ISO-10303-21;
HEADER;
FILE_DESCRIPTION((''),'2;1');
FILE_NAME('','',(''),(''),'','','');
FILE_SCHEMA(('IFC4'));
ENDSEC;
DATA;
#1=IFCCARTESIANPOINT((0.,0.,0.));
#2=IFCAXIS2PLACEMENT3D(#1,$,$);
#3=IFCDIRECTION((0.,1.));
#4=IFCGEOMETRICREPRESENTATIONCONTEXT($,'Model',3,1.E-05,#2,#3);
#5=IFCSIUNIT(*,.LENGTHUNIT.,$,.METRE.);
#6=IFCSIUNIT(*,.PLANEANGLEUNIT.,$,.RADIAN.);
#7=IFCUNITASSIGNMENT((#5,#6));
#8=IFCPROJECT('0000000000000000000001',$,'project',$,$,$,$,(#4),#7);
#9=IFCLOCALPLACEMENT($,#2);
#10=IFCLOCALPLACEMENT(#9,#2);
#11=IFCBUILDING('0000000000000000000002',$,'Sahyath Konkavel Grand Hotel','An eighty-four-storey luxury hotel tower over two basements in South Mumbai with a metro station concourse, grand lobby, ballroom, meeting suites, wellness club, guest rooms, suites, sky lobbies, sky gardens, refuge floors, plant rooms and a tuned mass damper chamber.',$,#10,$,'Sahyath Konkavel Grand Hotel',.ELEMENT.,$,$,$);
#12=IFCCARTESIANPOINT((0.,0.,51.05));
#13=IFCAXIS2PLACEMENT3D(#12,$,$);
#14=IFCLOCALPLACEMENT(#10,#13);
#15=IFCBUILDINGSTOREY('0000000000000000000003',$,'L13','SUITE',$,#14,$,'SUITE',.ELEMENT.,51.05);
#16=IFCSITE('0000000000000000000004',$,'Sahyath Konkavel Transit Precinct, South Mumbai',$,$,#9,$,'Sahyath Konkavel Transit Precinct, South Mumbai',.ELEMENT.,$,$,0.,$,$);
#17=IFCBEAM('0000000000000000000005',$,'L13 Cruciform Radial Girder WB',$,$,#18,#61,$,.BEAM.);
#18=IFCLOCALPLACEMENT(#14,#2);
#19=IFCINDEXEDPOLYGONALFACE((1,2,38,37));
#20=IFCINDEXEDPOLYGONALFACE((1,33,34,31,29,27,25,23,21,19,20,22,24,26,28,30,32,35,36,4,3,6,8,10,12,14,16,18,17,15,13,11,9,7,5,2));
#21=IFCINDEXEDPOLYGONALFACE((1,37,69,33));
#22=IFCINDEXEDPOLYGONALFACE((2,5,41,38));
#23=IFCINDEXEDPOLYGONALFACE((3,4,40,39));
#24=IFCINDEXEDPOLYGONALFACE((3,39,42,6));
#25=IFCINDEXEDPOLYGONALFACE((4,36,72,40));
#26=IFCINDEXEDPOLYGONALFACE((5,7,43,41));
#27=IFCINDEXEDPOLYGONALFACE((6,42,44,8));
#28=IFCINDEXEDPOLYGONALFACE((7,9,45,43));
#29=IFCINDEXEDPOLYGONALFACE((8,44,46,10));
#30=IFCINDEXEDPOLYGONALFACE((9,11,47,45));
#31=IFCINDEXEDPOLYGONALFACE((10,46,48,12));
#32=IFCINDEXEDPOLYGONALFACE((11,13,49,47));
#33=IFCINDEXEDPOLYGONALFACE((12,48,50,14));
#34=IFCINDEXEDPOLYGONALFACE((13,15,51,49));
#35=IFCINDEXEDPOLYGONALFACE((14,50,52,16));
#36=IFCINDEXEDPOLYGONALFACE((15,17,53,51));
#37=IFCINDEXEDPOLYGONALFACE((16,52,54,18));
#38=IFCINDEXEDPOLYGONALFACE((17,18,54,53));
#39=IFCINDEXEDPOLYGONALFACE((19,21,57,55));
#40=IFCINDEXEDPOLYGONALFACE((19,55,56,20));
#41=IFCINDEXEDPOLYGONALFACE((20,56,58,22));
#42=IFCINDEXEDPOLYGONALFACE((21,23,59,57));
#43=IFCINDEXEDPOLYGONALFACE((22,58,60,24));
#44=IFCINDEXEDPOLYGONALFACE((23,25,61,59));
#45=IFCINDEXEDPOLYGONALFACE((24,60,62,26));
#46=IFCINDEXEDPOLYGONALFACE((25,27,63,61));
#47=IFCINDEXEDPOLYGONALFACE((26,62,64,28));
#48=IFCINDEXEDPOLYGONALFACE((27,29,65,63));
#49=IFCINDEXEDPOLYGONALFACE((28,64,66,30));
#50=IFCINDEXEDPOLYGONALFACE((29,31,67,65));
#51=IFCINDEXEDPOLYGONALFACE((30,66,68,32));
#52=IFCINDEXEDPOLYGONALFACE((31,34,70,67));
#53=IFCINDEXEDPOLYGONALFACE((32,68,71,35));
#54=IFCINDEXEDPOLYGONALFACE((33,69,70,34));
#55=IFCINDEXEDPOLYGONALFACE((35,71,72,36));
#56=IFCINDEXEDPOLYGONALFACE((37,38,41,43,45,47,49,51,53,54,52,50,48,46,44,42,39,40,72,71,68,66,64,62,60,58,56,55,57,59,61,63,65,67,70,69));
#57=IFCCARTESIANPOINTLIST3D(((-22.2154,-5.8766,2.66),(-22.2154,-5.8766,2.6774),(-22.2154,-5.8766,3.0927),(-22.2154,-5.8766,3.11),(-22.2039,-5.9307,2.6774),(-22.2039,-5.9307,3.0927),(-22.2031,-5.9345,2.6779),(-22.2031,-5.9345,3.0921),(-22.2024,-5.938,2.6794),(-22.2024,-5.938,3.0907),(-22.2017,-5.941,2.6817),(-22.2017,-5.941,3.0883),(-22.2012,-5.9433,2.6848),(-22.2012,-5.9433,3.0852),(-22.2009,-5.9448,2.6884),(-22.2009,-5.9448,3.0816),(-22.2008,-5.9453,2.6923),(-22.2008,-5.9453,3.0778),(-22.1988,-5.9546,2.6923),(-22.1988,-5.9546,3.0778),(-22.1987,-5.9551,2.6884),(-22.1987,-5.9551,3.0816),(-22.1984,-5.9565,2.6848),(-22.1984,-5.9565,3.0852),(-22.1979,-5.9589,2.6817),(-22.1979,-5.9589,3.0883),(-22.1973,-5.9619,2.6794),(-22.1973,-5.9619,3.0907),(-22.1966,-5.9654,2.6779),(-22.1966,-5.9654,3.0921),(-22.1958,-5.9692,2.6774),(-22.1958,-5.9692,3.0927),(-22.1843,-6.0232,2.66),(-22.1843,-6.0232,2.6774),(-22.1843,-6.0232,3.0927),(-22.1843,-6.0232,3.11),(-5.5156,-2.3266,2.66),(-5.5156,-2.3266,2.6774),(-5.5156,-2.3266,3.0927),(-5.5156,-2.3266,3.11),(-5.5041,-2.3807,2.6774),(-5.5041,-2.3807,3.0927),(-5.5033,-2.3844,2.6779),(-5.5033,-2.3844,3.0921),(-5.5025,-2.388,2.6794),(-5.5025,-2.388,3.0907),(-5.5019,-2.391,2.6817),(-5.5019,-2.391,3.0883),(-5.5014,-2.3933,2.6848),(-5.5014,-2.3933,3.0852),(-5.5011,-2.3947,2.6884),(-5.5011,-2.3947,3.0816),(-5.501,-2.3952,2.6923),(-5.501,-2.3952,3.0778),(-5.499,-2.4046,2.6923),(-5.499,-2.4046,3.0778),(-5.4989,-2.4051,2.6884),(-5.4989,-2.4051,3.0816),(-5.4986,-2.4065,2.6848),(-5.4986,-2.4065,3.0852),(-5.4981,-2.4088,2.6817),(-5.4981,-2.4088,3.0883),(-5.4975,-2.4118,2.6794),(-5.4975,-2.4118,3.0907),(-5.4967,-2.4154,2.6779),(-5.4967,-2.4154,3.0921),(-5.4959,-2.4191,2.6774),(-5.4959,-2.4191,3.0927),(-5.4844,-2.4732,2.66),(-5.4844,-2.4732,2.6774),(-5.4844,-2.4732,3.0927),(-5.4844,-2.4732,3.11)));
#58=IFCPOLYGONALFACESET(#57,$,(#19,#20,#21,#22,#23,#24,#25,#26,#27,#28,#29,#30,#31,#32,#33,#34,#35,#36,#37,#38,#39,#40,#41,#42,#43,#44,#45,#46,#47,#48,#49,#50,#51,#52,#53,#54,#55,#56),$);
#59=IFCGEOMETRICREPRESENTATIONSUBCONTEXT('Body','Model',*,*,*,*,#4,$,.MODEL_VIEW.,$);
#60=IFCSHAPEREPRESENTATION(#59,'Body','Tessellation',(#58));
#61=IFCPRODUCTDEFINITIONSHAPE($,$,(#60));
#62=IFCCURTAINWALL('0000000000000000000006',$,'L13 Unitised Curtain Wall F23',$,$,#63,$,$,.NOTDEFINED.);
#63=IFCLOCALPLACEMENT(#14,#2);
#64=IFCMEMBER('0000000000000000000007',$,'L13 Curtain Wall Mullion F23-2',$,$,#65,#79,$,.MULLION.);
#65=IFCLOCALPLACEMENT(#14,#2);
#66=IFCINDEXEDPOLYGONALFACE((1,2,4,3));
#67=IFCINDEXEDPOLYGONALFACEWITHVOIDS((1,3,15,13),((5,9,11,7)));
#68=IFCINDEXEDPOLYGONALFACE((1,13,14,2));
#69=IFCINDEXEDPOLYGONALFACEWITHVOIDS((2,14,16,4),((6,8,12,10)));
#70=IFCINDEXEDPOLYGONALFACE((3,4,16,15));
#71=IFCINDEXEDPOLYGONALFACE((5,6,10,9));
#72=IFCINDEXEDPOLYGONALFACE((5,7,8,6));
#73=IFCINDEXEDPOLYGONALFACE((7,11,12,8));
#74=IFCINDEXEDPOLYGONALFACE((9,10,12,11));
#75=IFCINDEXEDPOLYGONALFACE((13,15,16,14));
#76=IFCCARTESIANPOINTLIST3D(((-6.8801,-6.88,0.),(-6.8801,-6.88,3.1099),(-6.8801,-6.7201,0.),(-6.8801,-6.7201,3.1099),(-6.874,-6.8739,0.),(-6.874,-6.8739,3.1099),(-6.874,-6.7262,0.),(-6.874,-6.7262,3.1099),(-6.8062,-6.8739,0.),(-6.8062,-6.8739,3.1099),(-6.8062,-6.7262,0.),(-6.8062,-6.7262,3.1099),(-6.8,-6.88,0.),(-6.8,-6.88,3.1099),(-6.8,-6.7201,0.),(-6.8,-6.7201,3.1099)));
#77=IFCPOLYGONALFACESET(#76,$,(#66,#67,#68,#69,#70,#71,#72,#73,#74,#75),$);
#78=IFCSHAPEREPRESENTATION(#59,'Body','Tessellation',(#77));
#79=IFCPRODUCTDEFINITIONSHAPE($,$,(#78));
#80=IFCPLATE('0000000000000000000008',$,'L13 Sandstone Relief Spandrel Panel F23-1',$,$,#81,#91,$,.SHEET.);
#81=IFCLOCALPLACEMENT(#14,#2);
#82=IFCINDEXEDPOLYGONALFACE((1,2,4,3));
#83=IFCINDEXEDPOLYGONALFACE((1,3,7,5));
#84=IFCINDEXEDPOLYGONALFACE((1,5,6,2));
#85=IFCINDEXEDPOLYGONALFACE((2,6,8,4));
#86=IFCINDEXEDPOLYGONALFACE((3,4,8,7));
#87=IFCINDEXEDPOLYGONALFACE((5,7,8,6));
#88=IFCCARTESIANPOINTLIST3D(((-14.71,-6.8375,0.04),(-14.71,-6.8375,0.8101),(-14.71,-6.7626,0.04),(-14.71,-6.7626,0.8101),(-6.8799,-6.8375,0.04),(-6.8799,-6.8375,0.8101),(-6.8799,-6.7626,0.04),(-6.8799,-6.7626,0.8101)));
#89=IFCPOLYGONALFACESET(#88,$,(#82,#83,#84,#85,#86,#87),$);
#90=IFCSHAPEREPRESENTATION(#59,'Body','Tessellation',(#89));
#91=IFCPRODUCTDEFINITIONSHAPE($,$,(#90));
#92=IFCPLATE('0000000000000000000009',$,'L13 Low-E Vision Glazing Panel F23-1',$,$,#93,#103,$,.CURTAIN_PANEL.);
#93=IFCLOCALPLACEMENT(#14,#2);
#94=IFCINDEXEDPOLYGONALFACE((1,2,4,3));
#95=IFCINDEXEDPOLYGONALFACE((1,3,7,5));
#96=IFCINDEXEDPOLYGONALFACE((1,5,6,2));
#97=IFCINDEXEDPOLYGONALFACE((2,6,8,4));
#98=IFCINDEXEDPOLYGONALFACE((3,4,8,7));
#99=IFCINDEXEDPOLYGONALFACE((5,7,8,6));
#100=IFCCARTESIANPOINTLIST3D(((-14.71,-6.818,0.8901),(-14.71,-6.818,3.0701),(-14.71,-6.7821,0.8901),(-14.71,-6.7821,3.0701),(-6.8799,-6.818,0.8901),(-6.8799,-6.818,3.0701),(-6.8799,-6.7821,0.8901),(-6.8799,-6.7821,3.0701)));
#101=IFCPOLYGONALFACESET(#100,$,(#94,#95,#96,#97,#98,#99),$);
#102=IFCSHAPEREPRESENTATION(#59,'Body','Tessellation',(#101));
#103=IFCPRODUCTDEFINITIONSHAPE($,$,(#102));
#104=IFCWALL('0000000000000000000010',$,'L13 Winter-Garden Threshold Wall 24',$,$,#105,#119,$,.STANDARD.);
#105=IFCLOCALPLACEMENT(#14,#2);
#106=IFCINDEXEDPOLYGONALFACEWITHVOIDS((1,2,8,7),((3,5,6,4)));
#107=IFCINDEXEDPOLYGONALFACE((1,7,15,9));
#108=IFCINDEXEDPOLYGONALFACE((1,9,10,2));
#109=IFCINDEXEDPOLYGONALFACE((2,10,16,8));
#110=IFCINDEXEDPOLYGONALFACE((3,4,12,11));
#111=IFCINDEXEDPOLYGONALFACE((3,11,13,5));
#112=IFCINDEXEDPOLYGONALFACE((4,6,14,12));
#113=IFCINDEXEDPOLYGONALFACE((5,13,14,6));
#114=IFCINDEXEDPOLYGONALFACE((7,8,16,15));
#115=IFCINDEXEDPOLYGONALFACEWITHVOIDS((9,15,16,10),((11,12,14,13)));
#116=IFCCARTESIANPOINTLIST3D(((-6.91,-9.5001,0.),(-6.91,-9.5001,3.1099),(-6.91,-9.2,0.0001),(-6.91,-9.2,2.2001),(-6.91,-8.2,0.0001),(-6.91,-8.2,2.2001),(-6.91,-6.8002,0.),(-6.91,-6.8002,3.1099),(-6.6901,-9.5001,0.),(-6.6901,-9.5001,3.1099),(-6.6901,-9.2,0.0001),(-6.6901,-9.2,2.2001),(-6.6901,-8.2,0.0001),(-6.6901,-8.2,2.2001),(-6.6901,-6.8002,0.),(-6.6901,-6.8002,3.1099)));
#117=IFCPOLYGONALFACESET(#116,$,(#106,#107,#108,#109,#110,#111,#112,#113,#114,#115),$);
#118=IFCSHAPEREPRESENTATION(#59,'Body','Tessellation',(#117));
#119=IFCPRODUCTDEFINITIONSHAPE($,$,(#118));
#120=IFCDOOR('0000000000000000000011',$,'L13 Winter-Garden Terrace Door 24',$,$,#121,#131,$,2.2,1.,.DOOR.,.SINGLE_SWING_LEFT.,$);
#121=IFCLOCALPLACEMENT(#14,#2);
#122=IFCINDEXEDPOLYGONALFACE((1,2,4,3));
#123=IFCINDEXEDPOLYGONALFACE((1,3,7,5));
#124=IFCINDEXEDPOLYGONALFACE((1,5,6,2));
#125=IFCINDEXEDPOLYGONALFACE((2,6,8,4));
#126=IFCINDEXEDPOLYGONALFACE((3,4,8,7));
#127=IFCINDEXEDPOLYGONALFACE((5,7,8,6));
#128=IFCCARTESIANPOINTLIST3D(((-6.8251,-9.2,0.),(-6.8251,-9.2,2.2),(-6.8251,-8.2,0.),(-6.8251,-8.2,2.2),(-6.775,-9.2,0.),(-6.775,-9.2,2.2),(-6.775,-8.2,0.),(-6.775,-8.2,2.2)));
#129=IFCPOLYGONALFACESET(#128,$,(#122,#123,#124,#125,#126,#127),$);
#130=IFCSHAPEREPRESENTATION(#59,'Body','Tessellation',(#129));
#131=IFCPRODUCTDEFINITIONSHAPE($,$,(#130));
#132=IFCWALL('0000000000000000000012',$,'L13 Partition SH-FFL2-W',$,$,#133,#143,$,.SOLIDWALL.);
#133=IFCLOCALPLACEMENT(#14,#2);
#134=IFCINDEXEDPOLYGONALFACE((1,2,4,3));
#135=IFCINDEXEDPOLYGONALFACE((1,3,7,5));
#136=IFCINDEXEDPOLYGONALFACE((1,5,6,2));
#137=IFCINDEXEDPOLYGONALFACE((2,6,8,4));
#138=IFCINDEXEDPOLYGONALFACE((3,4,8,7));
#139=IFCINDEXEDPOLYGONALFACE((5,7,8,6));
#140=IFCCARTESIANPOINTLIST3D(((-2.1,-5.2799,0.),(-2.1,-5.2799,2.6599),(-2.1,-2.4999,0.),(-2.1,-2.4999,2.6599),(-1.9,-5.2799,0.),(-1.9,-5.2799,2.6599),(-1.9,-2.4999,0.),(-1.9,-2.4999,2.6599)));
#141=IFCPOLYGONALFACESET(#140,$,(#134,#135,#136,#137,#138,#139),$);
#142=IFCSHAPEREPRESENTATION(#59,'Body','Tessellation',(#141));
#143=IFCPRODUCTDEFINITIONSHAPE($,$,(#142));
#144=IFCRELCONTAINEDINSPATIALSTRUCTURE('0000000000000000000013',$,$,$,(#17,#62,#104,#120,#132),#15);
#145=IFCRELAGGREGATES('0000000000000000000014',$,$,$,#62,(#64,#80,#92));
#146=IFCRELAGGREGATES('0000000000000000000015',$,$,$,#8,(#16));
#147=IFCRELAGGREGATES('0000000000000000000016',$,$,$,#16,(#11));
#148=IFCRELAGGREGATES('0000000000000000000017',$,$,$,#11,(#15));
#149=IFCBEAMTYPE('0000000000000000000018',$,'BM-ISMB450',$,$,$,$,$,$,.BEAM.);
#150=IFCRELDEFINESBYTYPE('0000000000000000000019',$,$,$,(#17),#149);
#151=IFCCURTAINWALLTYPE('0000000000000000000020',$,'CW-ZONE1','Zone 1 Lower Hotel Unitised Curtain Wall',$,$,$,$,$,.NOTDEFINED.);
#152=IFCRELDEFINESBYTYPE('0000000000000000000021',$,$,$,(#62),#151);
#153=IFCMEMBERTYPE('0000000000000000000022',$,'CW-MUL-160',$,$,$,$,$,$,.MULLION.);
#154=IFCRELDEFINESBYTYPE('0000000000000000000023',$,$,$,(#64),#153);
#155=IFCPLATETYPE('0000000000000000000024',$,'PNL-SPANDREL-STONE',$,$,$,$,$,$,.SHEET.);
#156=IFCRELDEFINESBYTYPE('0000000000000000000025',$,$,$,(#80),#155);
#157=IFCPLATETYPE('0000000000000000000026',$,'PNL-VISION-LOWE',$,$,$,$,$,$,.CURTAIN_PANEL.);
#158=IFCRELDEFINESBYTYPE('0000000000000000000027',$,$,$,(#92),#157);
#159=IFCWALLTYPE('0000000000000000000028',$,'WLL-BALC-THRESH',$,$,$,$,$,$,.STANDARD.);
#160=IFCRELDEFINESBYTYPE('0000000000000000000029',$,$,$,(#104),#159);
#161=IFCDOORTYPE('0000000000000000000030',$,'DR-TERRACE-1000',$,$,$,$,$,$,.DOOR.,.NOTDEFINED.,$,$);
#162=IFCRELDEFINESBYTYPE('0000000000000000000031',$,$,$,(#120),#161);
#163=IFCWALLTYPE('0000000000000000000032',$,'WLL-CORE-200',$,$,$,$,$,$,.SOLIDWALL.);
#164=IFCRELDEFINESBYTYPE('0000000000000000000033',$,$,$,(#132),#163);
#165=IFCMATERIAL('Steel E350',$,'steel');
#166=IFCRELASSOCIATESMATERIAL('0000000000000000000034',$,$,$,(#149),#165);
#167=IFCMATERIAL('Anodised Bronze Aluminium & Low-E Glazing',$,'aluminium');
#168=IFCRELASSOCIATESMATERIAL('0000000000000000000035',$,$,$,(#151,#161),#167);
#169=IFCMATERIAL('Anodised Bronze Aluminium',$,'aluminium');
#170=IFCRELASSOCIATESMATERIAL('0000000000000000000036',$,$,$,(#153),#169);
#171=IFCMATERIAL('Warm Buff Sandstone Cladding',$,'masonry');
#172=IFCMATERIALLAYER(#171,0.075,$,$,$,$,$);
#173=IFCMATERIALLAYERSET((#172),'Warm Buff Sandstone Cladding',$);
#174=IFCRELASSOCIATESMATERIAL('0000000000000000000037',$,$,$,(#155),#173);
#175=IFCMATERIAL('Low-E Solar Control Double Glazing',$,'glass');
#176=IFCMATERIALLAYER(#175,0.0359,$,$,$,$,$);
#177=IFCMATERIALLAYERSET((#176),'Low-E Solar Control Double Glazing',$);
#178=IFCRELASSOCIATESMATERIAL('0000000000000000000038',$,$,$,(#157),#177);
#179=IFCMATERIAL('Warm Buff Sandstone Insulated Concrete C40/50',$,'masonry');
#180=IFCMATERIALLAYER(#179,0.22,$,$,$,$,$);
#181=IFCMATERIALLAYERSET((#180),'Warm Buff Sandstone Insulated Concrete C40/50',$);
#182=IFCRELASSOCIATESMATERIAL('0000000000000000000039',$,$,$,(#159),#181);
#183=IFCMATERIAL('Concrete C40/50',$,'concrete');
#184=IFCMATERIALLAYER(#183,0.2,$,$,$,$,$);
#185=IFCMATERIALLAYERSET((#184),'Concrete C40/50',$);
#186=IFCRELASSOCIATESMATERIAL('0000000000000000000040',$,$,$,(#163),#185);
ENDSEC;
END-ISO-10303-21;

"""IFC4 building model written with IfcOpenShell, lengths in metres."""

from ifc_helpers import new_model, si_unit, direction, frame, frame_2d, origin, origin_2d, place, context, subcontext, project, spatial, rectangle, hollow_rectangle, i_section, extrude, source, transform, mapped, material, layer, layer_set, material_profile, profile_set, type_object, element, fill, aggregate, save


model = new_model("IFC4")

# Units and contexts
model_context = context("Model", 3, precision=1e-05, world=origin(), true_north=direction((0.0, 1.0)))
body_context = subcontext(model_context, "Body", "Model", "MODEL_VIEW")
ifc_project = project(units=[si_unit("LENGTHUNIT", "METRE"), si_unit("PLANEANGLEUNIT", "RADIAN")], contexts=[model_context])

# Site, building, storey
site_placement = place(None, origin())
site = spatial("IfcSite", under=ifc_project, at=site_placement, Name="Sahyath Konkavel Transit Precinct, South Mumbai", LongName="Sahyath Konkavel Transit Precinct, South Mumbai", CompositionType="ELEMENT", RefElevation=0.0)
building_placement = place(site_placement, origin())
building = spatial("IfcBuilding", under=site, at=building_placement, Name="Sahyath Konkavel Grand Hotel", Description="An eighty-four-storey luxury hotel tower over two basements in South Mumbai with a metro station concourse, grand lobby, ballroom, meeting suites, wellness club, guest rooms, suites, sky lobbies, sky gardens, refuge floors, plant rooms and a tuned mass damper chamber.", LongName="Sahyath Konkavel Grand Hotel", CompositionType="ELEMENT")
storey_placement = place(building_placement, frame((0.0, 0.0, 51.05)))
storey = spatial("IfcBuildingStorey", under=building, at=storey_placement, Name="L13", Description="SUITE", LongName="SUITE", CompositionType="ELEMENT", Elevation=51.05)

# Beam
ifc_material_1 = material(Name="Steel E350", Category="steel")
ifc_material_profile_1 = material_profile(ifc_material_1, i_section(OverallWidth=0.1499, OverallDepth=0.45, WebThickness=0.0095, FlangeThickness=0.0173, FilletRadius=0.0149, at=origin_2d()), Name="ISMB 450")
ifc_profile_set_1 = profile_set([ifc_material_profile_1], Name="Steel E350")
beam_type_1 = type_object("IfcBeamType", Name="BM-ISMB450", PredefinedType="BEAM", material=ifc_profile_set_1)
shared_shape_1 = source(origin(), body_context, "Body", "SweptSolid", [
    extrude(i_section(OverallWidth=0.1499, OverallDepth=0.45, WebThickness=0.0095, FlangeThickness=0.0173, FilletRadius=0.0149, at=origin_2d()), origin(), (0.0, 0.0, 1.0), 17.073),
])
beam_1_placement = place(storey_placement, frame((-5.5, -2.3999, 2.885), z_axis=(-0.978143, -0.207932, 0.0), x_axis=(0.207932, -0.978143, 0.0)))
element("IfcBeam", 1, at=beam_1_placement, inside=storey, type_object=beam_type_1, Name="L13 Cruciform Radial Girder WB", PredefinedType="BEAM", context=body_context, shape_type="MappedRepresentation", body=[
    mapped(shared_shape_1, transform((0.0, 0.0, 0.0), scale=1.0)),
])

# Curtain wall, member, plates
ifc_material_2 = material(Name="Anodised Bronze Aluminium & Low-E Glazing", Category="aluminium")
curtain_wall_type = type_object("IfcCurtainWallType", Name="CW-ZONE1", Description="Zone 1 Lower Hotel Unitised Curtain Wall", PredefinedType="NOTDEFINED", material=ifc_material_2)
curtain_wall_placement = place(storey_placement, origin())
curtain_wall = element("IfcCurtainWall", 2, at=curtain_wall_placement, inside=storey, type_object=curtain_wall_type, Name="L13 Unitised Curtain Wall F23", PredefinedType="NOTDEFINED")
ifc_material_3 = material(Name="Anodised Bronze Aluminium", Category="aluminium")
ifc_material_profile_2 = material_profile(ifc_material_3, hollow_rectangle(XDim=0.0801, YDim=0.1599, WallThickness=0.0061, at=origin_2d()), Name="RHS 160x80x6")
ifc_profile_set_2 = profile_set([ifc_material_profile_2], Name="Anodised Bronze Aluminium")
member_type = type_object("IfcMemberType", Name="CW-MUL-160", PredefinedType="MULLION", material=ifc_profile_set_2)
shared_shape_2 = source(origin(), body_context, "Body", "SweptSolid", [
    extrude(hollow_rectangle(XDim=0.0801, YDim=0.1599, WallThickness=0.0061, at=origin_2d()), origin(), (0.0, 0.0, 1.0), 3.1099),
])
member_placement = place(storey_placement, frame((-6.8401, -6.8, 0.0), z_axis=(0.0, 0.0, 1.0), x_axis=(1.0, 0.0, 0.0)))
member = element("IfcMember", 3, at=member_placement, type_object=member_type, Name="L13 Curtain Wall Mullion F23-2", PredefinedType="MULLION", context=body_context, shape_type="MappedRepresentation", body=[
    mapped(shared_shape_2, transform((0.0, 0.0, 0.0), scale=1.0)),
])
ifc_material_4 = material(Name="Warm Buff Sandstone Cladding", Category="masonry")
ifc_layer_1 = layer(ifc_material_4, 0.075)
ifc_layer_set_1 = layer_set([ifc_layer_1], Name="Warm Buff Sandstone Cladding")
plate_type_1 = type_object("IfcPlateType", Name="PNL-SPANDREL-STONE", PredefinedType="SHEET", material=ifc_layer_set_1)
shared_shape_3 = source(origin(), body_context, "Body", "SweptSolid", [
    extrude(rectangle(XDim=7.8301, YDim=0.075, at=origin_2d()), origin(), (0.0, 0.0, 1.0), 0.77),
])
plate_1_placement = place(storey_placement, frame((-10.7949, -6.8, 0.04), z_axis=(0.0, 0.0, 1.0), x_axis=(1.0, 0.0, 0.0)))
plate_1 = element("IfcPlate", 4, at=plate_1_placement, type_object=plate_type_1, Name="L13 Sandstone Relief Spandrel Panel F23-1", PredefinedType="SHEET", context=body_context, shape_type="MappedRepresentation", body=[
    mapped(shared_shape_3, transform((0.0, 0.0, 0.0), scale=1.0)),
])
ifc_material_5 = material(Name="Low-E Solar Control Double Glazing", Category="glass")
ifc_layer_2 = layer(ifc_material_5, 0.0359)
ifc_layer_set_2 = layer_set([ifc_layer_2], Name="Low-E Solar Control Double Glazing")
plate_type_2 = type_object("IfcPlateType", Name="PNL-VISION-LOWE", PredefinedType="CURTAIN_PANEL", material=ifc_layer_set_2)
shared_shape_4 = source(origin(), body_context, "Body", "SweptSolid", [
    extrude(rectangle(XDim=7.8301, YDim=0.0359, at=origin_2d()), origin(), (0.0, 0.0, 1.0), 2.1799),
])
plate_2_placement = place(storey_placement, frame((-10.7949, -6.8, 0.8901), z_axis=(0.0, 0.0, 1.0), x_axis=(1.0, 0.0, 0.0)))
plate_2 = element("IfcPlate", 5, at=plate_2_placement, type_object=plate_type_2, Name="L13 Low-E Vision Glazing Panel F23-1", PredefinedType="CURTAIN_PANEL", context=body_context, shape_type="MappedRepresentation", body=[
    mapped(shared_shape_4, transform((0.0, 0.0, 0.0), scale=1.0)),
])
aggregate(curtain_wall, [member, plate_1, plate_2])

# Wall, opening, door
ifc_material_6 = material(Name="Warm Buff Sandstone Insulated Concrete C40/50", Category="masonry")
ifc_layer_3 = layer(ifc_material_6, 0.22)
ifc_layer_set_3 = layer_set([ifc_layer_3], Name="Warm Buff Sandstone Insulated Concrete C40/50")
wall_type_1 = type_object("IfcWallType", Name="WLL-BALC-THRESH", PredefinedType="STANDARD", material=ifc_layer_set_3)
wall_1_placement = place(storey_placement, frame((-6.8, -6.8, 0.0), z_axis=(0.0, 0.0, 1.0), x_axis=(0.0, -1.0, 0.0)))
wall_1 = element("IfcWall", 6, at=wall_1_placement, inside=storey, type_object=wall_type_1, Name="L13 Winter-Garden Threshold Wall 24", PredefinedType="STANDARD", context=body_context, shape_type="SweptSolid", body=[
    extrude(rectangle(XDim=2.7, YDim=0.22, at=frame_2d((1.3501, 0.0))), origin(), (0.0, 0.0, 1.0), 3.1099),
])
opening_1_placement = place(wall_1_placement, frame((1.3999, 0.0, 0.0)))
opening_1 = element("IfcOpeningElement", 7, at=opening_1_placement, cuts=wall_1, PredefinedType="OPENING", context=body_context, shape_type="SweptSolid", body=[
    extrude(rectangle(XDim=1.0, YDim=2.2, at=frame_2d((0.5, 1.1001))), frame((0.0, 0.1201, 0.0), z_axis=(0.0, -1.0, 0.0), x_axis=(1.0, 0.0, 0.0)), (0.0, 0.0, 1.0), 0.24),
])
door_type_1 = type_object("IfcDoorType", Name="DR-TERRACE-1000", OperationType="NOTDEFINED", PredefinedType="DOOR", material=ifc_material_2)
shared_shape_5 = source(origin(), body_context, "Body", "SweptSolid", [
    extrude(rectangle(XDim=1.0, YDim=0.05, at=origin_2d()), origin(), (0.0, 0.0, 1.0), 2.2),
])
door_1_placement = place(opening_1_placement, frame((0.5, 0.0, 0.0)))
door_1 = element("IfcDoor", 8, at=door_1_placement, inside=storey, type_object=door_type_1, Name="L13 Winter-Garden Terrace Door 24", OperationType="SINGLE_SWING_LEFT", OverallHeight=2.2, OverallWidth=1.0, PredefinedType="DOOR", context=body_context, shape_type="MappedRepresentation", body=[
    mapped(shared_shape_5, transform((0.0, 0.0, 0.0), scale=1.0)),
])
fill(opening_1, door_1)

# Wall
ifc_material_7 = material(Name="Concrete C40/50", Category="concrete")
ifc_layer_4 = layer(ifc_material_7, 0.2)
ifc_layer_set_4 = layer_set([ifc_layer_4], Name="Concrete C40/50")
wall_type_2 = type_object("IfcWallType", Name="WLL-CORE-200", PredefinedType="SOLIDWALL", material=ifc_layer_set_4)
wall_2_placement = place(storey_placement, frame((-2.0, -5.28, 0.0), z_axis=(0.0, 0.0, 1.0), x_axis=(0.0, 1.0, 0.0)))
element("IfcWall", 9, at=wall_2_placement, inside=storey, type_object=wall_type_2, Name="L13 Partition SH-FFL2-W", PredefinedType="SOLIDWALL", context=body_context, shape_type="SweptSolid", body=[
    extrude(rectangle(XDim=2.78, YDim=0.2, at=frame_2d((1.3901, 0.0))), origin(), (0.0, 0.0, 1.0), 2.6599),
])

save(model, "model.ifc")
